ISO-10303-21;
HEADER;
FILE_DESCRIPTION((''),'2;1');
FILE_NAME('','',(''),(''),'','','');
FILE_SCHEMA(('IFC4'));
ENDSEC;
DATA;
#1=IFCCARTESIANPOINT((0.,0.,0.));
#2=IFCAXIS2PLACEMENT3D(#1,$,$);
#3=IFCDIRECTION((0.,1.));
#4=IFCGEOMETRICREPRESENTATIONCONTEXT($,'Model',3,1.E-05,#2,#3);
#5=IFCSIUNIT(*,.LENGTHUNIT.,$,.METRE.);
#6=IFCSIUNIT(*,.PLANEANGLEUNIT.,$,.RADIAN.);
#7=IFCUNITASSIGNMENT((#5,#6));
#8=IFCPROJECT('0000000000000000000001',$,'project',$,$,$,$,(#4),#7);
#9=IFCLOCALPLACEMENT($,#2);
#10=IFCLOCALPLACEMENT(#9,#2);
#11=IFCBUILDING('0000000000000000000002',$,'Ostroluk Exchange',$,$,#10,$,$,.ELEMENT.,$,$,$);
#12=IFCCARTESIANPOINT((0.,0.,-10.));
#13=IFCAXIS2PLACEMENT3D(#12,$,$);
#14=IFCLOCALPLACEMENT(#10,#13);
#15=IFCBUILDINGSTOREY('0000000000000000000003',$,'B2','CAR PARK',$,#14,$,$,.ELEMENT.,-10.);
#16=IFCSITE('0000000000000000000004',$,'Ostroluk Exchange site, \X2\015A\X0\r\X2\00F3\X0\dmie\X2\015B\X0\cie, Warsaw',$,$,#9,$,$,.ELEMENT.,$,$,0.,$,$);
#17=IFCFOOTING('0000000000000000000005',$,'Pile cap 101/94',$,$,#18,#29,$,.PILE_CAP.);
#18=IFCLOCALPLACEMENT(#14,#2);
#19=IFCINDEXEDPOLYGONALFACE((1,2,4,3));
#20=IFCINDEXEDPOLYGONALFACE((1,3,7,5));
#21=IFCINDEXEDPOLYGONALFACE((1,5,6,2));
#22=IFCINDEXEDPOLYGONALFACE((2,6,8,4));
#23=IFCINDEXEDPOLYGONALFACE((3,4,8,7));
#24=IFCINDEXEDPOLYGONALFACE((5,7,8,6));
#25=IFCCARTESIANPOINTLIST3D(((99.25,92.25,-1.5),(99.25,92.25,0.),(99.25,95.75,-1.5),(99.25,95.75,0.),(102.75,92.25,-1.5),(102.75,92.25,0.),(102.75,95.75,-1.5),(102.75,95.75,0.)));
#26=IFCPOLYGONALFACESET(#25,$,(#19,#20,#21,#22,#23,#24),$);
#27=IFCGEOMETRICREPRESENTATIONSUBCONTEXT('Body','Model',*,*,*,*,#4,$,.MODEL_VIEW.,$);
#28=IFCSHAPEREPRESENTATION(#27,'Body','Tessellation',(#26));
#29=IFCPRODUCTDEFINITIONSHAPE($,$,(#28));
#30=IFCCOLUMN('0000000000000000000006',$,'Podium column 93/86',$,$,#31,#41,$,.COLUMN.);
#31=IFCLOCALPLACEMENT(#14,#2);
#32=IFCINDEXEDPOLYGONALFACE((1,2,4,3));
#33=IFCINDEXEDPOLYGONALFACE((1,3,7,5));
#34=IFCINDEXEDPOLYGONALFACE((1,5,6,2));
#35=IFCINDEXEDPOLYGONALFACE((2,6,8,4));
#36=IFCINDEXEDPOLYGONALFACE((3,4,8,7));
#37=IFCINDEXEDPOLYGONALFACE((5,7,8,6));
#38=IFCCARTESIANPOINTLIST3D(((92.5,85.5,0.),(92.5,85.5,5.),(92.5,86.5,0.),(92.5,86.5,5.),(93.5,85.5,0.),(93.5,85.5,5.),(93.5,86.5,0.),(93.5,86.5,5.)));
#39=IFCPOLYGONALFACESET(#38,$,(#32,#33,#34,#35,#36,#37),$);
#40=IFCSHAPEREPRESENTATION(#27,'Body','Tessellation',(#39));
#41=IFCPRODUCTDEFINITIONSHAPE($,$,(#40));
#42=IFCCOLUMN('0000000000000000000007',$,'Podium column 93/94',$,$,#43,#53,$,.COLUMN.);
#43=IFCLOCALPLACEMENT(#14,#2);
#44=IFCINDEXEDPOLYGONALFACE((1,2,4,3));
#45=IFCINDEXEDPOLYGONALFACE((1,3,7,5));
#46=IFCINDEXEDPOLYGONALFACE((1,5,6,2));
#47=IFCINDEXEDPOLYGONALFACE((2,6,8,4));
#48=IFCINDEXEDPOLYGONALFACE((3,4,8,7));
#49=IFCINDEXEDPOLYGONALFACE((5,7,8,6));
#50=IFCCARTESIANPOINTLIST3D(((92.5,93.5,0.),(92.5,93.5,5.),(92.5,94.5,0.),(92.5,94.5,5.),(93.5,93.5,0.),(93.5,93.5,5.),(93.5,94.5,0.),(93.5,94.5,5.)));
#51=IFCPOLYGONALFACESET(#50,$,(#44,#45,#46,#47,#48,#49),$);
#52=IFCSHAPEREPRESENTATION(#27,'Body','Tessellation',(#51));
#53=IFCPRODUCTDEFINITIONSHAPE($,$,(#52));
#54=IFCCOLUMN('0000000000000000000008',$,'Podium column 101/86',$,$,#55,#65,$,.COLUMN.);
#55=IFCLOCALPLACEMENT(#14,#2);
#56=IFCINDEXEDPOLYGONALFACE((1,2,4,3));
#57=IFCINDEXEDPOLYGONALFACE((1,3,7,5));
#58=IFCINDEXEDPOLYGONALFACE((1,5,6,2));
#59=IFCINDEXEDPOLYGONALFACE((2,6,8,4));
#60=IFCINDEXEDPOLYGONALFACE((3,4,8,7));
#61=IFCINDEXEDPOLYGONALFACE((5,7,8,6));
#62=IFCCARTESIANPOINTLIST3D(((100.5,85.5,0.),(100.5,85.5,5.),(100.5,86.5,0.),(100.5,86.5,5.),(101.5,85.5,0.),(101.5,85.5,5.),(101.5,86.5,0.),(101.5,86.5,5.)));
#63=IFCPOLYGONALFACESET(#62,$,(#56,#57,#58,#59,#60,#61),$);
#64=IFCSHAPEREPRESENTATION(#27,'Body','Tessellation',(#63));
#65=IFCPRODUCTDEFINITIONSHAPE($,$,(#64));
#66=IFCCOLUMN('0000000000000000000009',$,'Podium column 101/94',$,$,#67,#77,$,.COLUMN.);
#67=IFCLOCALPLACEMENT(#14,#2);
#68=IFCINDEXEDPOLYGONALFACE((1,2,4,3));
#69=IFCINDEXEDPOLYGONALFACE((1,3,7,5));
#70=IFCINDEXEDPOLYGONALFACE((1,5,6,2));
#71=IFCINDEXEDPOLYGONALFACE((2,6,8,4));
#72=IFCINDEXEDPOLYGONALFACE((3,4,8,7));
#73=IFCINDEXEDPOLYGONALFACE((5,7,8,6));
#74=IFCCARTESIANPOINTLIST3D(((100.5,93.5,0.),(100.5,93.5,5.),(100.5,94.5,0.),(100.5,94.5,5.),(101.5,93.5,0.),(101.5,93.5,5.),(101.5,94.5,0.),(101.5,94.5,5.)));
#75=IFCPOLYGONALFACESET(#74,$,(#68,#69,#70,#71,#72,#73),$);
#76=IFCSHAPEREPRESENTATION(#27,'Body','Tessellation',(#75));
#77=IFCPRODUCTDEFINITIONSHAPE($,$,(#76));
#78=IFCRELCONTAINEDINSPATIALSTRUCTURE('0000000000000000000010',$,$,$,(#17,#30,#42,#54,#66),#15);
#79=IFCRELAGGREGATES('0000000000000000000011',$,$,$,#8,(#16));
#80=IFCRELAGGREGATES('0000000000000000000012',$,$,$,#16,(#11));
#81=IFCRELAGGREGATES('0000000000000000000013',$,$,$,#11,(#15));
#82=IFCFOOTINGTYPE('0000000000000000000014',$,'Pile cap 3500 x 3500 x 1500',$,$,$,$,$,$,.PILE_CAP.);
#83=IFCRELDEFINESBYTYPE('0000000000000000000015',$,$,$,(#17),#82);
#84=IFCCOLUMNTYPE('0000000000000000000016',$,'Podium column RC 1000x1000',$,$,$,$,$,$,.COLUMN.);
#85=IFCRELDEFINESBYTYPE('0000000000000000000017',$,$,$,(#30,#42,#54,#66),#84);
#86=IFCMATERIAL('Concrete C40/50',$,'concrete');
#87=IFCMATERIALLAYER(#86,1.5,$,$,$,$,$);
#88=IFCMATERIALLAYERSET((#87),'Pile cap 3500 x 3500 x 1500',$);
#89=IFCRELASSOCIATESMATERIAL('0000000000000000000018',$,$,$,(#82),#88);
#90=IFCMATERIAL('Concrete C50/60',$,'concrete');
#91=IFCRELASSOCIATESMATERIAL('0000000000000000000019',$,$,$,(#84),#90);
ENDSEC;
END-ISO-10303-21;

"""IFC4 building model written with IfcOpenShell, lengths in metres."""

from ifc_helpers import new_model, si_unit, direction, frame, origin, origin_2d, place, context, subcontext, project, spatial, rectangle, extrude, material, layer, layer_set, material_profile, profile_set, type_object, element, save


model = new_model("IFC4")

# Units and contexts
model_context = context("Model", 3, precision=1e-05, world=origin(), true_north=direction((0.0, 1.0)))
body_context = subcontext(model_context, "Body", "Model", "MODEL_VIEW")
ifc_project = project(units=[si_unit("LENGTHUNIT", "METRE"), si_unit("PLANEANGLEUNIT", "RADIAN")], contexts=[model_context])

# Site, building, storey
site_placement = place(None, origin())
site = spatial("IfcSite", under=ifc_project, at=site_placement, Name="Ostroluk Exchange site, Śródmieście, Warsaw", CompositionType="ELEMENT", RefElevation=0.0)
building_placement = place(site_placement, origin())
building = spatial("IfcBuilding", under=site, at=building_placement, Name="Ostroluk Exchange", CompositionType="ELEMENT")
storey_placement = place(building_placement, frame((0.0, 0.0, -10.0)))
storey = spatial("IfcBuildingStorey", under=building, at=storey_placement, Name="B2", Description="CAR PARK", CompositionType="ELEMENT", Elevation=-10.0)

# Footing
ifc_material_1 = material(Name="Concrete C40/50", Category="concrete")
ifc_layer = layer(ifc_material_1, 1.5)
ifc_layer_set = layer_set([ifc_layer], Name="Pile cap 3500 x 3500 x 1500")
footing_type = type_object("IfcFootingType", Name="Pile cap 3500 x 3500 x 1500", PredefinedType="PILE_CAP", material=ifc_layer_set)
for number, where, z_axis, x_axis, name in (
    (1, (101.0, 94.0, -1.5), (0.0, 0.0, 1.0), (1.0, 0.0, 0.0), "Pile cap 101/94"),
):
    element("IfcFooting", number, at=place(storey_placement, frame(where, z_axis=z_axis, x_axis=x_axis)), inside=storey, type_object=footing_type, Name=name, PredefinedType="PILE_CAP", context=body_context, shape_type="SweptSolid", body=[
        extrude(rectangle(XDim=3.5, YDim=3.5, at=origin_2d()), origin(), (0.0, 0.0, 1.0), 1.5),
    ])

# Columns
ifc_material_2 = material(Name="Concrete C50/60", Category="concrete")
ifc_material_profile = material_profile(ifc_material_2, rectangle(XDim=1.0, YDim=1.0, at=origin_2d()), Name="RC 1000x1000")
ifc_profile_set = profile_set([ifc_material_profile], Name="Concrete C50/60")
column_type = type_object("IfcColumnType", Name="Podium column RC 1000x1000", PredefinedType="COLUMN", material=ifc_profile_set)
for number, where, z_axis, x_axis, name in (
    (2, (93.0, 86.0, 0.0), (0.0, 0.0, 1.0), (1.0, 0.0, 0.0), "Podium column 93/86"),
    (3, (93.0, 94.0, 0.0), (0.0, 0.0, 1.0), (1.0, 0.0, 0.0), "Podium column 93/94"),
    (4, (101.0, 86.0, 0.0), (0.0, 0.0, 1.0), (1.0, 0.0, 0.0), "Podium column 101/86"),
    (5, (101.0, 94.0, 0.0), (0.0, 0.0, 1.0), (1.0, 0.0, 0.0), "Podium column 101/94"),
):
    element("IfcColumn", number, at=place(storey_placement, frame(where, z_axis=z_axis, x_axis=x_axis)), inside=storey, type_object=column_type, Name=name, PredefinedType="COLUMN", context=body_context, shape_type="SweptSolid", body=[
        extrude(rectangle(XDim=1.0, YDim=1.0, at=origin_2d()), origin(), (0.0, 0.0, 1.0), 5.0),
    ])

save(model, "model.ifc")
